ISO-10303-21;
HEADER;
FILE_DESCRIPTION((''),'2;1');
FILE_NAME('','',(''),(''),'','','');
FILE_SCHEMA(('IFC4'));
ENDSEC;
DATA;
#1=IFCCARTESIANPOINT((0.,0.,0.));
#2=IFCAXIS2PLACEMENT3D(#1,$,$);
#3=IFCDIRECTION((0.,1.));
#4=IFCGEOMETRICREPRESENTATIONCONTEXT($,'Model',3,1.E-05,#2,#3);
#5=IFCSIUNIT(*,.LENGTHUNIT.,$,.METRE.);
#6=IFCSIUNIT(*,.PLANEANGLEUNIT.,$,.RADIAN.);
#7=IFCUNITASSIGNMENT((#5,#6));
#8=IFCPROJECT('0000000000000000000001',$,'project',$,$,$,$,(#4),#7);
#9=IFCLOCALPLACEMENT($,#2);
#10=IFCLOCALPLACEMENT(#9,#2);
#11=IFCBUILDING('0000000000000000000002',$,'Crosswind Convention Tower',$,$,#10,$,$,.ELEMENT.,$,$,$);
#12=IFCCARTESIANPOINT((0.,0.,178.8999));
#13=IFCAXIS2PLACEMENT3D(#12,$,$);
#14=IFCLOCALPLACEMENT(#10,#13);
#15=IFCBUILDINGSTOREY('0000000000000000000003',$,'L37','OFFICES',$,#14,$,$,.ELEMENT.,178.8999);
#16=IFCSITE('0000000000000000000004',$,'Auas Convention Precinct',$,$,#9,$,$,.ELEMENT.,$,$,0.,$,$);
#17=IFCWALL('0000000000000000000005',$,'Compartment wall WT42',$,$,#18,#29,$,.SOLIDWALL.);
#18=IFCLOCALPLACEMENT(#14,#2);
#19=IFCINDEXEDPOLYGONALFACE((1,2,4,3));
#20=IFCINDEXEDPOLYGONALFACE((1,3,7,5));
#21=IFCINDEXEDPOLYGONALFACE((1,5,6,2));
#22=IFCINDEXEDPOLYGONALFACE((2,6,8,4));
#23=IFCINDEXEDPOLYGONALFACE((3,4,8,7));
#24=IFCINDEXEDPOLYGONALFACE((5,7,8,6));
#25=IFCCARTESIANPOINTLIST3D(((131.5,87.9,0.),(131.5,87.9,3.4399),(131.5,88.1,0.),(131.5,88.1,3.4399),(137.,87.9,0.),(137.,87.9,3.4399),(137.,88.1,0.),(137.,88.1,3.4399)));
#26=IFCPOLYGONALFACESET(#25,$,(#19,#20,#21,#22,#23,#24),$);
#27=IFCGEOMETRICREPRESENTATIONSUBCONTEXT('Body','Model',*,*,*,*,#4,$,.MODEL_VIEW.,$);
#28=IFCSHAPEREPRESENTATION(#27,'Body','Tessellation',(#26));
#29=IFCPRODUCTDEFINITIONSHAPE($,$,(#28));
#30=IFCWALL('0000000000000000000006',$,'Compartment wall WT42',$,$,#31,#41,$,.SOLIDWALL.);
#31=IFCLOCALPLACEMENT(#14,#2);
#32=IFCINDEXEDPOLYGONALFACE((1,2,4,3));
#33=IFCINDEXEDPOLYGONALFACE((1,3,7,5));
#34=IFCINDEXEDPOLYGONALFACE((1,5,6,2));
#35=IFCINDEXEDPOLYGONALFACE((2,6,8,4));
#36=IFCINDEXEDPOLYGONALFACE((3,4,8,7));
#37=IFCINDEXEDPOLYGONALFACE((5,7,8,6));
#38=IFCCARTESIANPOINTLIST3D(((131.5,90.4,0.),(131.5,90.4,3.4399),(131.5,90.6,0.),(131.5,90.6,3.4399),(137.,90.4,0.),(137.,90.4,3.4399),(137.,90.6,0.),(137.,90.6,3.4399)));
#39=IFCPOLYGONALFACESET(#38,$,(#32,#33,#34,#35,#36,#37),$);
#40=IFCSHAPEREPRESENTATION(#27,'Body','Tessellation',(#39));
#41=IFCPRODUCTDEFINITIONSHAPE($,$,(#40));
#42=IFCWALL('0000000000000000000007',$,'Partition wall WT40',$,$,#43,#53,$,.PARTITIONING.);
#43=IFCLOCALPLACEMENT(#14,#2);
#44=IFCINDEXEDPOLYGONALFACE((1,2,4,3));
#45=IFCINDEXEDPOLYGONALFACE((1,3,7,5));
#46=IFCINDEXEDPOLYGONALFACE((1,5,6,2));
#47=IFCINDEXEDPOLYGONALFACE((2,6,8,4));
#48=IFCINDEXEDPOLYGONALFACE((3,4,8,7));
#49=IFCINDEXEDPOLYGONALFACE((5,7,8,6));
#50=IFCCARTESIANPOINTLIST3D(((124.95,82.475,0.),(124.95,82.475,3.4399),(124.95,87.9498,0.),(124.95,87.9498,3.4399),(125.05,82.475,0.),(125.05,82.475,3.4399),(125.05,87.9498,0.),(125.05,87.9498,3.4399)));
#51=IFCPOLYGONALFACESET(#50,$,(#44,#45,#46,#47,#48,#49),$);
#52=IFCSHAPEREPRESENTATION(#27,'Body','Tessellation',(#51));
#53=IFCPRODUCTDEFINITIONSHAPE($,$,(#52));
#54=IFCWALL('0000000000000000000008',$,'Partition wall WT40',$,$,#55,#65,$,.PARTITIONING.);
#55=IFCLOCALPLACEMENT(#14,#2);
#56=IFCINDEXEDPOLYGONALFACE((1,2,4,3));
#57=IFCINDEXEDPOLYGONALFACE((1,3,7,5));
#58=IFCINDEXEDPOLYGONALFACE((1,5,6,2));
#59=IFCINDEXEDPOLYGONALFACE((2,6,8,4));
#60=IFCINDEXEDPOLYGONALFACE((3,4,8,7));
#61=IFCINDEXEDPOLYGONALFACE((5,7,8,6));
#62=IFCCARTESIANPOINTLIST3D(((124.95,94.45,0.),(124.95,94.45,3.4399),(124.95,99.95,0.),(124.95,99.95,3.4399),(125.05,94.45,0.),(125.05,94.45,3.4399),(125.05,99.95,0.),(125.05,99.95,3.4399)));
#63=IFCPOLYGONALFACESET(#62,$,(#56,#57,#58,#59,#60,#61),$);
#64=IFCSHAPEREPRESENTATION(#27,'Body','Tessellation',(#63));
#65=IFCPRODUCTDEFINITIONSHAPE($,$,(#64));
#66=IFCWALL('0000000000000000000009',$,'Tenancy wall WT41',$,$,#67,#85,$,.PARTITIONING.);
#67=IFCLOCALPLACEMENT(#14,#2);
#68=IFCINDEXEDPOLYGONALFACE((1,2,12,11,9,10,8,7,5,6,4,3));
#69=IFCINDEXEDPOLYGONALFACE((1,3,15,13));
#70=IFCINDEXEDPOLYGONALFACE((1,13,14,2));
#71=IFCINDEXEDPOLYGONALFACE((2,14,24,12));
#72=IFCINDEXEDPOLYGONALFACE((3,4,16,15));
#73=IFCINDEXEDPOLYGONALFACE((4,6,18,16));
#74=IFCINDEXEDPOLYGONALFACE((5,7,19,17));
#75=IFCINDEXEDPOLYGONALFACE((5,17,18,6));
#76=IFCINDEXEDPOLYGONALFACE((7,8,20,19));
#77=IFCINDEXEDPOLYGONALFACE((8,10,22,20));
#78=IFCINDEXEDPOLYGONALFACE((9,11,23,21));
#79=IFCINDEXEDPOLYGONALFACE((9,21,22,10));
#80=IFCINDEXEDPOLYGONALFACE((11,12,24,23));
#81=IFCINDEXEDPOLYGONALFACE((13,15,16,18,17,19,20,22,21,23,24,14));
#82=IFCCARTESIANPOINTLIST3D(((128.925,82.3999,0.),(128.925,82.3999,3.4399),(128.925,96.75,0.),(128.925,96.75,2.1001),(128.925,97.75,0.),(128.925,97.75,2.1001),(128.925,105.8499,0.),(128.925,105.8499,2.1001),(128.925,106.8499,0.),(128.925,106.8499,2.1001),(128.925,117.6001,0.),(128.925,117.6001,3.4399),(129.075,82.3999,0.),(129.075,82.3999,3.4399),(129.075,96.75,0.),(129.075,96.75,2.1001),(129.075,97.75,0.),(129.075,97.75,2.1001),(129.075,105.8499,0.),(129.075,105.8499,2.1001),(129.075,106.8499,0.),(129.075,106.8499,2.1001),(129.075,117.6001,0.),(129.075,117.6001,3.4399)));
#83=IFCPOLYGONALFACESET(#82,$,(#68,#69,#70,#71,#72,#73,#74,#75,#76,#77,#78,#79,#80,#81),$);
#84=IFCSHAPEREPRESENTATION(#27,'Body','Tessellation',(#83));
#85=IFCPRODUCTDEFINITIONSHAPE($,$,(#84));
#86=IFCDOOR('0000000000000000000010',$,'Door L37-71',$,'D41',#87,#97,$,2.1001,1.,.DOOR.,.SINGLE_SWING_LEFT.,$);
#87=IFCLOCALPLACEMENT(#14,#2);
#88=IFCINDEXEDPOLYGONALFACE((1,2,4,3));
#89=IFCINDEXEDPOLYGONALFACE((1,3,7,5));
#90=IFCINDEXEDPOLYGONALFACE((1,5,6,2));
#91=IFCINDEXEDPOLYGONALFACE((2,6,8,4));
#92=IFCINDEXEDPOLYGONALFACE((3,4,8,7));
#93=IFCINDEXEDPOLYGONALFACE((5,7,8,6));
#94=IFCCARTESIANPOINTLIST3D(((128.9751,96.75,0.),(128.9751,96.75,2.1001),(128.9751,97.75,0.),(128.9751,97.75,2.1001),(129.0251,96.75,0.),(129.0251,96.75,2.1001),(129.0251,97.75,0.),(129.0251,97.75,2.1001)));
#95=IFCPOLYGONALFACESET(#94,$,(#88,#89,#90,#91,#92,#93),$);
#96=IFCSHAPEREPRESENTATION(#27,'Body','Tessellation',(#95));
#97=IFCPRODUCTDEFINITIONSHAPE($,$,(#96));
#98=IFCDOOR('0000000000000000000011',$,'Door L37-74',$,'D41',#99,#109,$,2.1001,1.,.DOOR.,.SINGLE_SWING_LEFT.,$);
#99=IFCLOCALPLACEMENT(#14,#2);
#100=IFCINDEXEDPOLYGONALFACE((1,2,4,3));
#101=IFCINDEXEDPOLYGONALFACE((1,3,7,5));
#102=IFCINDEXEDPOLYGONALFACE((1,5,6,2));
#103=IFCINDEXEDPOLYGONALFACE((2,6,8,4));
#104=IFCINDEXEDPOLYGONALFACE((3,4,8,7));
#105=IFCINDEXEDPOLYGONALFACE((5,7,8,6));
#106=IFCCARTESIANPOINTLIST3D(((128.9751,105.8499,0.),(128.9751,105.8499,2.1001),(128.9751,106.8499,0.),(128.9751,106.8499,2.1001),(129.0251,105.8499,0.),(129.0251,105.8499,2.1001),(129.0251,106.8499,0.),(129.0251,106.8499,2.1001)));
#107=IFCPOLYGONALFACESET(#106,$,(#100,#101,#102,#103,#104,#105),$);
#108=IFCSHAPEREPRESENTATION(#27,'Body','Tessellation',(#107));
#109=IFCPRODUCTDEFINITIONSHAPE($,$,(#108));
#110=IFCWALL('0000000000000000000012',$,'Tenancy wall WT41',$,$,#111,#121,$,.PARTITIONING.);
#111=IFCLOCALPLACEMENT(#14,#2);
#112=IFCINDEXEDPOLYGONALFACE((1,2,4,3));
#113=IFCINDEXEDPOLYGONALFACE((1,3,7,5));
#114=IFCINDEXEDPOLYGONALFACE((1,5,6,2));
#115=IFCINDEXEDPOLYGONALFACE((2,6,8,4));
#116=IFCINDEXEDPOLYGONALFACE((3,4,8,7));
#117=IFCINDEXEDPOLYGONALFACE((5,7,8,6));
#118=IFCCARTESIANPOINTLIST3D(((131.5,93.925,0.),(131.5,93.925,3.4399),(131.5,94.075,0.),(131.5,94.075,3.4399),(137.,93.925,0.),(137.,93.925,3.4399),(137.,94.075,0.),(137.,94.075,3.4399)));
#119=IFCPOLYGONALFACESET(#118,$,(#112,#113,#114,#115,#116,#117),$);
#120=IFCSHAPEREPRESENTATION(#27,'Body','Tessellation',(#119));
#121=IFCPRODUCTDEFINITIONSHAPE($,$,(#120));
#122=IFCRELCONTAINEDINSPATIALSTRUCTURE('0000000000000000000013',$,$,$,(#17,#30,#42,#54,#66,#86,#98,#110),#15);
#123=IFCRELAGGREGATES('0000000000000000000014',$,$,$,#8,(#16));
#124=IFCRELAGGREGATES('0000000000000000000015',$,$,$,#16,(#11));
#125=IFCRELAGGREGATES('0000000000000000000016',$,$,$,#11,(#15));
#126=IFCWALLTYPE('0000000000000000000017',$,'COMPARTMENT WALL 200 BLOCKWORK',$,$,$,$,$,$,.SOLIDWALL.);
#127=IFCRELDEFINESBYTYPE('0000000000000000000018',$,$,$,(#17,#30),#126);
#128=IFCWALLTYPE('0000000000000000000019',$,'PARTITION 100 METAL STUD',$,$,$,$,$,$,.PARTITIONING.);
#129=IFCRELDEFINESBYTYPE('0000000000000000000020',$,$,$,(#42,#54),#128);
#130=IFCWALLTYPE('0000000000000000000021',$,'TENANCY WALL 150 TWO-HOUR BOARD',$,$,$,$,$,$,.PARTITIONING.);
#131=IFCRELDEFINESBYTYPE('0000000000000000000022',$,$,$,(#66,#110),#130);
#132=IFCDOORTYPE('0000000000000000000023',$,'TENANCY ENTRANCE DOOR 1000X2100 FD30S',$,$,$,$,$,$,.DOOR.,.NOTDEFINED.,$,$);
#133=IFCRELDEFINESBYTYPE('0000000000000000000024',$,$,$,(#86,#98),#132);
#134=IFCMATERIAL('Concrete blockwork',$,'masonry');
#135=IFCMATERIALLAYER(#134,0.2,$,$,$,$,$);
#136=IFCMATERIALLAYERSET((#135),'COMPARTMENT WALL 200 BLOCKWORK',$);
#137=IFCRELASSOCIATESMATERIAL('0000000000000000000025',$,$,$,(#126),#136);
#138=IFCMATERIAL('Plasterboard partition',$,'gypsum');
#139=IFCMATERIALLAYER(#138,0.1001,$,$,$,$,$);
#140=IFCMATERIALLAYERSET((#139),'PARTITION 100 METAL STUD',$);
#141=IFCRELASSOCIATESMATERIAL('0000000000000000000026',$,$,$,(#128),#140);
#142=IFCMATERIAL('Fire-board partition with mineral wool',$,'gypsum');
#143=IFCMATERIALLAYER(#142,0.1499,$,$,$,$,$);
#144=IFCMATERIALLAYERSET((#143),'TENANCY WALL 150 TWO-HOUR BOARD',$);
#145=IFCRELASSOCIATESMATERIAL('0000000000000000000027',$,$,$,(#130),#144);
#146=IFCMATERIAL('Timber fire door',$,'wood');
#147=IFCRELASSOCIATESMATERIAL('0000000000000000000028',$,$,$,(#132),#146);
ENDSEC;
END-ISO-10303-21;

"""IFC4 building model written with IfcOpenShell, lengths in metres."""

from ifc_helpers import new_model, si_unit, direction, frame, frame_2d, origin, place, context, subcontext, project, spatial, rectangle, extrude, material, layer, layer_set, type_object, element, fill, save


model = new_model("IFC4")

# Units and contexts
model_context = context("Model", 3, precision=1e-05, world=origin(), true_north=direction((0.0, 1.0)))
body_context = subcontext(model_context, "Body", "Model", "MODEL_VIEW")
ifc_project = project(units=[si_unit("LENGTHUNIT", "METRE"), si_unit("PLANEANGLEUNIT", "RADIAN")], contexts=[model_context])

# Site, building, storey
site_placement = place(None, origin())
site = spatial("IfcSite", under=ifc_project, at=site_placement, Name="Auas Convention Precinct", CompositionType="ELEMENT", RefElevation=0.0)
building_placement = place(site_placement, origin())
building = spatial("IfcBuilding", under=site, at=building_placement, Name="Crosswind Convention Tower", CompositionType="ELEMENT")
storey_placement = place(building_placement, frame((0.0, 0.0, 178.8999)))
storey = spatial("IfcBuildingStorey", under=building, at=storey_placement, Name="L37", Description="OFFICES", CompositionType="ELEMENT", Elevation=178.8999)

# Walls
ifc_material_1 = material(Name="Concrete blockwork", Category="masonry")
ifc_layer_1 = layer(ifc_material_1, 0.2)
ifc_layer_set_1 = layer_set([ifc_layer_1], Name="COMPARTMENT WALL 200 BLOCKWORK")
wall_type_1 = type_object("IfcWallType", Name="COMPARTMENT WALL 200 BLOCKWORK", PredefinedType="SOLIDWALL", material=ifc_layer_set_1)
for number, where, z_axis, x_axis, name in (
    (1, (131.5, 88.0, 0.0), (0.0, 0.0, 1.0), (1.0, 0.0, 0.0), "Compartment wall WT42"),
    (2, (131.5, 90.5, 0.0), (0.0, 0.0, 1.0), (1.0, 0.0, 0.0), "Compartment wall WT42"),
):
    element("IfcWall", number, at=place(storey_placement, frame(where, z_axis=z_axis, x_axis=x_axis)), inside=storey, type_object=wall_type_1, Name=name, PredefinedType="SOLIDWALL", context=body_context, shape_type="SweptSolid", body=[
        extrude(rectangle(XDim=5.5, YDim=0.2, at=frame_2d((2.75, 0.0))), origin(), (0.0, 0.0, 1.0), 3.4399),
    ])
ifc_material_2 = material(Name="Plasterboard partition", Category="gypsum")
ifc_layer_2 = layer(ifc_material_2, 0.1001)
ifc_layer_set_2 = layer_set([ifc_layer_2], Name="PARTITION 100 METAL STUD")
wall_type_2 = type_object("IfcWallType", Name="PARTITION 100 METAL STUD", PredefinedType="PARTITIONING", material=ifc_layer_set_2)
wall_1_placement = place(storey_placement, frame((125.0, 82.4751, 0.0), z_axis=(0.0, 0.0, 1.0), x_axis=(0.0, 1.0, 0.0)))
element("IfcWall", 3, at=wall_1_placement, inside=storey, type_object=wall_type_2, Name="Partition wall WT40", PredefinedType="PARTITIONING", context=body_context, shape_type="SweptSolid", body=[
    extrude(rectangle(XDim=5.4749, YDim=0.1001, at=frame_2d((2.7373, 0.0))), origin(), (0.0, 0.0, 1.0), 3.4399),
])
wall_2_placement = place(storey_placement, frame((125.0, 94.45, 0.0), z_axis=(0.0, 0.0, 1.0), x_axis=(0.0, 1.0, 0.0)))
element("IfcWall", 4, at=wall_2_placement, inside=storey, type_object=wall_type_2, Name="Partition wall WT40", PredefinedType="PARTITIONING", context=body_context, shape_type="SweptSolid", body=[
    extrude(rectangle(XDim=5.5, YDim=0.1001, at=frame_2d((2.75, 0.0))), origin(), (0.0, 0.0, 1.0), 3.4399),
])

# Wall, openings, doors
ifc_material_3 = material(Name="Fire-board partition with mineral wool", Category="gypsum")
ifc_layer_3 = layer(ifc_material_3, 0.1499)
ifc_layer_set_3 = layer_set([ifc_layer_3], Name="TENANCY WALL 150 TWO-HOUR BOARD")
wall_type_3 = type_object("IfcWallType", Name="TENANCY WALL 150 TWO-HOUR BOARD", PredefinedType="PARTITIONING", material=ifc_layer_set_3)
wall_3_placement = place(storey_placement, frame((129.0, 82.3999, 0.0), z_axis=(0.0, 0.0, 1.0), x_axis=(0.0, 1.0, 0.0)))
wall_3 = element("IfcWall", 5, at=wall_3_placement, inside=storey, type_object=wall_type_3, Name="Tenancy wall WT41", PredefinedType="PARTITIONING", context=body_context, shape_type="SweptSolid", body=[
    extrude(rectangle(XDim=35.2002, YDim=0.1499, at=frame_2d((17.6001, 0.0))), origin(), (0.0, 0.0, 1.0), 3.4399),
])
opening_1_placement = place(wall_3_placement, frame((14.3501, 0.0, 0.0)))
opening_1 = element("IfcOpeningElement", 6, at=opening_1_placement, cuts=wall_3, PredefinedType="OPENING", context=body_context, shape_type="SweptSolid", body=[
    extrude(rectangle(XDim=1.0, YDim=2.1001, at=frame_2d((0.5, 1.05))), frame((0.0, 0.085, 0.0), z_axis=(0.0, -1.0, 0.0), x_axis=(1.0, 0.0, 0.0)), (0.0, 0.0, 1.0), 0.1699),
])
opening_2_placement = place(wall_3_placement, frame((23.45, 0.0, 0.0)))
opening_2 = element("IfcOpeningElement", 7, at=opening_2_placement, cuts=wall_3, PredefinedType="OPENING", context=body_context, shape_type="SweptSolid", body=[
    extrude(rectangle(XDim=1.0, YDim=2.1001, at=frame_2d((0.5, 1.05))), frame((0.0, 0.085, 0.0), z_axis=(0.0, -1.0, 0.0), x_axis=(1.0, 0.0, 0.0)), (0.0, 0.0, 1.0), 0.1699),
])
ifc_material_4 = material(Name="Timber fire door", Category="wood")
door_type = type_object("IfcDoorType", Name="TENANCY ENTRANCE DOOR 1000X2100 FD30S", OperationType="NOTDEFINED", PredefinedType="DOOR", material=ifc_material_4)
door_1_placement = place(opening_1_placement, origin())
door_1 = element("IfcDoor", 8, at=door_1_placement, inside=storey, type_object=door_type, Name="Door L37-71", ObjectType="D41", OperationType="SINGLE_SWING_LEFT", OverallHeight=2.1001, OverallWidth=1.0, PredefinedType="DOOR", context=body_context, shape_type="SweptSolid", body=[
    extrude(rectangle(XDim=1.0, YDim=2.1001, at=frame_2d((0.5, 1.05))), frame((0.0, 0.0249, 0.0), z_axis=(0.0, -1.0, 0.0), x_axis=(1.0, 0.0, 0.0)), (0.0, 0.0, 1.0), 0.05),
])
fill(opening_1, door_1)
door_2_placement = place(opening_2_placement, origin())
door_2 = element("IfcDoor", 9, at=door_2_placement, inside=storey, type_object=door_type, Name="Door L37-74", ObjectType="D41", OperationType="SINGLE_SWING_LEFT", OverallHeight=2.1001, OverallWidth=1.0, PredefinedType="DOOR", context=body_context, shape_type="SweptSolid", body=[
    extrude(rectangle(XDim=1.0, YDim=2.1001, at=frame_2d((0.5, 1.05))), frame((0.0, 0.0249, 0.0), z_axis=(0.0, -1.0, 0.0), x_axis=(1.0, 0.0, 0.0)), (0.0, 0.0, 1.0), 0.05),
])
fill(opening_2, door_2)

# Wall
wall_4_placement = place(storey_placement, frame((131.5, 94.0, 0.0), z_axis=(0.0, 0.0, 1.0), x_axis=(1.0, 0.0, 0.0)))
element("IfcWall", 10, at=wall_4_placement, inside=storey, type_object=wall_type_3, Name="Tenancy wall WT41", PredefinedType="PARTITIONING", context=body_context, shape_type="SweptSolid", body=[
    extrude(rectangle(XDim=5.5, YDim=0.1499, at=frame_2d((2.75, 0.0))), origin(), (0.0, 0.0, 1.0), 3.4399),
])

save(model, "model.ifc")
